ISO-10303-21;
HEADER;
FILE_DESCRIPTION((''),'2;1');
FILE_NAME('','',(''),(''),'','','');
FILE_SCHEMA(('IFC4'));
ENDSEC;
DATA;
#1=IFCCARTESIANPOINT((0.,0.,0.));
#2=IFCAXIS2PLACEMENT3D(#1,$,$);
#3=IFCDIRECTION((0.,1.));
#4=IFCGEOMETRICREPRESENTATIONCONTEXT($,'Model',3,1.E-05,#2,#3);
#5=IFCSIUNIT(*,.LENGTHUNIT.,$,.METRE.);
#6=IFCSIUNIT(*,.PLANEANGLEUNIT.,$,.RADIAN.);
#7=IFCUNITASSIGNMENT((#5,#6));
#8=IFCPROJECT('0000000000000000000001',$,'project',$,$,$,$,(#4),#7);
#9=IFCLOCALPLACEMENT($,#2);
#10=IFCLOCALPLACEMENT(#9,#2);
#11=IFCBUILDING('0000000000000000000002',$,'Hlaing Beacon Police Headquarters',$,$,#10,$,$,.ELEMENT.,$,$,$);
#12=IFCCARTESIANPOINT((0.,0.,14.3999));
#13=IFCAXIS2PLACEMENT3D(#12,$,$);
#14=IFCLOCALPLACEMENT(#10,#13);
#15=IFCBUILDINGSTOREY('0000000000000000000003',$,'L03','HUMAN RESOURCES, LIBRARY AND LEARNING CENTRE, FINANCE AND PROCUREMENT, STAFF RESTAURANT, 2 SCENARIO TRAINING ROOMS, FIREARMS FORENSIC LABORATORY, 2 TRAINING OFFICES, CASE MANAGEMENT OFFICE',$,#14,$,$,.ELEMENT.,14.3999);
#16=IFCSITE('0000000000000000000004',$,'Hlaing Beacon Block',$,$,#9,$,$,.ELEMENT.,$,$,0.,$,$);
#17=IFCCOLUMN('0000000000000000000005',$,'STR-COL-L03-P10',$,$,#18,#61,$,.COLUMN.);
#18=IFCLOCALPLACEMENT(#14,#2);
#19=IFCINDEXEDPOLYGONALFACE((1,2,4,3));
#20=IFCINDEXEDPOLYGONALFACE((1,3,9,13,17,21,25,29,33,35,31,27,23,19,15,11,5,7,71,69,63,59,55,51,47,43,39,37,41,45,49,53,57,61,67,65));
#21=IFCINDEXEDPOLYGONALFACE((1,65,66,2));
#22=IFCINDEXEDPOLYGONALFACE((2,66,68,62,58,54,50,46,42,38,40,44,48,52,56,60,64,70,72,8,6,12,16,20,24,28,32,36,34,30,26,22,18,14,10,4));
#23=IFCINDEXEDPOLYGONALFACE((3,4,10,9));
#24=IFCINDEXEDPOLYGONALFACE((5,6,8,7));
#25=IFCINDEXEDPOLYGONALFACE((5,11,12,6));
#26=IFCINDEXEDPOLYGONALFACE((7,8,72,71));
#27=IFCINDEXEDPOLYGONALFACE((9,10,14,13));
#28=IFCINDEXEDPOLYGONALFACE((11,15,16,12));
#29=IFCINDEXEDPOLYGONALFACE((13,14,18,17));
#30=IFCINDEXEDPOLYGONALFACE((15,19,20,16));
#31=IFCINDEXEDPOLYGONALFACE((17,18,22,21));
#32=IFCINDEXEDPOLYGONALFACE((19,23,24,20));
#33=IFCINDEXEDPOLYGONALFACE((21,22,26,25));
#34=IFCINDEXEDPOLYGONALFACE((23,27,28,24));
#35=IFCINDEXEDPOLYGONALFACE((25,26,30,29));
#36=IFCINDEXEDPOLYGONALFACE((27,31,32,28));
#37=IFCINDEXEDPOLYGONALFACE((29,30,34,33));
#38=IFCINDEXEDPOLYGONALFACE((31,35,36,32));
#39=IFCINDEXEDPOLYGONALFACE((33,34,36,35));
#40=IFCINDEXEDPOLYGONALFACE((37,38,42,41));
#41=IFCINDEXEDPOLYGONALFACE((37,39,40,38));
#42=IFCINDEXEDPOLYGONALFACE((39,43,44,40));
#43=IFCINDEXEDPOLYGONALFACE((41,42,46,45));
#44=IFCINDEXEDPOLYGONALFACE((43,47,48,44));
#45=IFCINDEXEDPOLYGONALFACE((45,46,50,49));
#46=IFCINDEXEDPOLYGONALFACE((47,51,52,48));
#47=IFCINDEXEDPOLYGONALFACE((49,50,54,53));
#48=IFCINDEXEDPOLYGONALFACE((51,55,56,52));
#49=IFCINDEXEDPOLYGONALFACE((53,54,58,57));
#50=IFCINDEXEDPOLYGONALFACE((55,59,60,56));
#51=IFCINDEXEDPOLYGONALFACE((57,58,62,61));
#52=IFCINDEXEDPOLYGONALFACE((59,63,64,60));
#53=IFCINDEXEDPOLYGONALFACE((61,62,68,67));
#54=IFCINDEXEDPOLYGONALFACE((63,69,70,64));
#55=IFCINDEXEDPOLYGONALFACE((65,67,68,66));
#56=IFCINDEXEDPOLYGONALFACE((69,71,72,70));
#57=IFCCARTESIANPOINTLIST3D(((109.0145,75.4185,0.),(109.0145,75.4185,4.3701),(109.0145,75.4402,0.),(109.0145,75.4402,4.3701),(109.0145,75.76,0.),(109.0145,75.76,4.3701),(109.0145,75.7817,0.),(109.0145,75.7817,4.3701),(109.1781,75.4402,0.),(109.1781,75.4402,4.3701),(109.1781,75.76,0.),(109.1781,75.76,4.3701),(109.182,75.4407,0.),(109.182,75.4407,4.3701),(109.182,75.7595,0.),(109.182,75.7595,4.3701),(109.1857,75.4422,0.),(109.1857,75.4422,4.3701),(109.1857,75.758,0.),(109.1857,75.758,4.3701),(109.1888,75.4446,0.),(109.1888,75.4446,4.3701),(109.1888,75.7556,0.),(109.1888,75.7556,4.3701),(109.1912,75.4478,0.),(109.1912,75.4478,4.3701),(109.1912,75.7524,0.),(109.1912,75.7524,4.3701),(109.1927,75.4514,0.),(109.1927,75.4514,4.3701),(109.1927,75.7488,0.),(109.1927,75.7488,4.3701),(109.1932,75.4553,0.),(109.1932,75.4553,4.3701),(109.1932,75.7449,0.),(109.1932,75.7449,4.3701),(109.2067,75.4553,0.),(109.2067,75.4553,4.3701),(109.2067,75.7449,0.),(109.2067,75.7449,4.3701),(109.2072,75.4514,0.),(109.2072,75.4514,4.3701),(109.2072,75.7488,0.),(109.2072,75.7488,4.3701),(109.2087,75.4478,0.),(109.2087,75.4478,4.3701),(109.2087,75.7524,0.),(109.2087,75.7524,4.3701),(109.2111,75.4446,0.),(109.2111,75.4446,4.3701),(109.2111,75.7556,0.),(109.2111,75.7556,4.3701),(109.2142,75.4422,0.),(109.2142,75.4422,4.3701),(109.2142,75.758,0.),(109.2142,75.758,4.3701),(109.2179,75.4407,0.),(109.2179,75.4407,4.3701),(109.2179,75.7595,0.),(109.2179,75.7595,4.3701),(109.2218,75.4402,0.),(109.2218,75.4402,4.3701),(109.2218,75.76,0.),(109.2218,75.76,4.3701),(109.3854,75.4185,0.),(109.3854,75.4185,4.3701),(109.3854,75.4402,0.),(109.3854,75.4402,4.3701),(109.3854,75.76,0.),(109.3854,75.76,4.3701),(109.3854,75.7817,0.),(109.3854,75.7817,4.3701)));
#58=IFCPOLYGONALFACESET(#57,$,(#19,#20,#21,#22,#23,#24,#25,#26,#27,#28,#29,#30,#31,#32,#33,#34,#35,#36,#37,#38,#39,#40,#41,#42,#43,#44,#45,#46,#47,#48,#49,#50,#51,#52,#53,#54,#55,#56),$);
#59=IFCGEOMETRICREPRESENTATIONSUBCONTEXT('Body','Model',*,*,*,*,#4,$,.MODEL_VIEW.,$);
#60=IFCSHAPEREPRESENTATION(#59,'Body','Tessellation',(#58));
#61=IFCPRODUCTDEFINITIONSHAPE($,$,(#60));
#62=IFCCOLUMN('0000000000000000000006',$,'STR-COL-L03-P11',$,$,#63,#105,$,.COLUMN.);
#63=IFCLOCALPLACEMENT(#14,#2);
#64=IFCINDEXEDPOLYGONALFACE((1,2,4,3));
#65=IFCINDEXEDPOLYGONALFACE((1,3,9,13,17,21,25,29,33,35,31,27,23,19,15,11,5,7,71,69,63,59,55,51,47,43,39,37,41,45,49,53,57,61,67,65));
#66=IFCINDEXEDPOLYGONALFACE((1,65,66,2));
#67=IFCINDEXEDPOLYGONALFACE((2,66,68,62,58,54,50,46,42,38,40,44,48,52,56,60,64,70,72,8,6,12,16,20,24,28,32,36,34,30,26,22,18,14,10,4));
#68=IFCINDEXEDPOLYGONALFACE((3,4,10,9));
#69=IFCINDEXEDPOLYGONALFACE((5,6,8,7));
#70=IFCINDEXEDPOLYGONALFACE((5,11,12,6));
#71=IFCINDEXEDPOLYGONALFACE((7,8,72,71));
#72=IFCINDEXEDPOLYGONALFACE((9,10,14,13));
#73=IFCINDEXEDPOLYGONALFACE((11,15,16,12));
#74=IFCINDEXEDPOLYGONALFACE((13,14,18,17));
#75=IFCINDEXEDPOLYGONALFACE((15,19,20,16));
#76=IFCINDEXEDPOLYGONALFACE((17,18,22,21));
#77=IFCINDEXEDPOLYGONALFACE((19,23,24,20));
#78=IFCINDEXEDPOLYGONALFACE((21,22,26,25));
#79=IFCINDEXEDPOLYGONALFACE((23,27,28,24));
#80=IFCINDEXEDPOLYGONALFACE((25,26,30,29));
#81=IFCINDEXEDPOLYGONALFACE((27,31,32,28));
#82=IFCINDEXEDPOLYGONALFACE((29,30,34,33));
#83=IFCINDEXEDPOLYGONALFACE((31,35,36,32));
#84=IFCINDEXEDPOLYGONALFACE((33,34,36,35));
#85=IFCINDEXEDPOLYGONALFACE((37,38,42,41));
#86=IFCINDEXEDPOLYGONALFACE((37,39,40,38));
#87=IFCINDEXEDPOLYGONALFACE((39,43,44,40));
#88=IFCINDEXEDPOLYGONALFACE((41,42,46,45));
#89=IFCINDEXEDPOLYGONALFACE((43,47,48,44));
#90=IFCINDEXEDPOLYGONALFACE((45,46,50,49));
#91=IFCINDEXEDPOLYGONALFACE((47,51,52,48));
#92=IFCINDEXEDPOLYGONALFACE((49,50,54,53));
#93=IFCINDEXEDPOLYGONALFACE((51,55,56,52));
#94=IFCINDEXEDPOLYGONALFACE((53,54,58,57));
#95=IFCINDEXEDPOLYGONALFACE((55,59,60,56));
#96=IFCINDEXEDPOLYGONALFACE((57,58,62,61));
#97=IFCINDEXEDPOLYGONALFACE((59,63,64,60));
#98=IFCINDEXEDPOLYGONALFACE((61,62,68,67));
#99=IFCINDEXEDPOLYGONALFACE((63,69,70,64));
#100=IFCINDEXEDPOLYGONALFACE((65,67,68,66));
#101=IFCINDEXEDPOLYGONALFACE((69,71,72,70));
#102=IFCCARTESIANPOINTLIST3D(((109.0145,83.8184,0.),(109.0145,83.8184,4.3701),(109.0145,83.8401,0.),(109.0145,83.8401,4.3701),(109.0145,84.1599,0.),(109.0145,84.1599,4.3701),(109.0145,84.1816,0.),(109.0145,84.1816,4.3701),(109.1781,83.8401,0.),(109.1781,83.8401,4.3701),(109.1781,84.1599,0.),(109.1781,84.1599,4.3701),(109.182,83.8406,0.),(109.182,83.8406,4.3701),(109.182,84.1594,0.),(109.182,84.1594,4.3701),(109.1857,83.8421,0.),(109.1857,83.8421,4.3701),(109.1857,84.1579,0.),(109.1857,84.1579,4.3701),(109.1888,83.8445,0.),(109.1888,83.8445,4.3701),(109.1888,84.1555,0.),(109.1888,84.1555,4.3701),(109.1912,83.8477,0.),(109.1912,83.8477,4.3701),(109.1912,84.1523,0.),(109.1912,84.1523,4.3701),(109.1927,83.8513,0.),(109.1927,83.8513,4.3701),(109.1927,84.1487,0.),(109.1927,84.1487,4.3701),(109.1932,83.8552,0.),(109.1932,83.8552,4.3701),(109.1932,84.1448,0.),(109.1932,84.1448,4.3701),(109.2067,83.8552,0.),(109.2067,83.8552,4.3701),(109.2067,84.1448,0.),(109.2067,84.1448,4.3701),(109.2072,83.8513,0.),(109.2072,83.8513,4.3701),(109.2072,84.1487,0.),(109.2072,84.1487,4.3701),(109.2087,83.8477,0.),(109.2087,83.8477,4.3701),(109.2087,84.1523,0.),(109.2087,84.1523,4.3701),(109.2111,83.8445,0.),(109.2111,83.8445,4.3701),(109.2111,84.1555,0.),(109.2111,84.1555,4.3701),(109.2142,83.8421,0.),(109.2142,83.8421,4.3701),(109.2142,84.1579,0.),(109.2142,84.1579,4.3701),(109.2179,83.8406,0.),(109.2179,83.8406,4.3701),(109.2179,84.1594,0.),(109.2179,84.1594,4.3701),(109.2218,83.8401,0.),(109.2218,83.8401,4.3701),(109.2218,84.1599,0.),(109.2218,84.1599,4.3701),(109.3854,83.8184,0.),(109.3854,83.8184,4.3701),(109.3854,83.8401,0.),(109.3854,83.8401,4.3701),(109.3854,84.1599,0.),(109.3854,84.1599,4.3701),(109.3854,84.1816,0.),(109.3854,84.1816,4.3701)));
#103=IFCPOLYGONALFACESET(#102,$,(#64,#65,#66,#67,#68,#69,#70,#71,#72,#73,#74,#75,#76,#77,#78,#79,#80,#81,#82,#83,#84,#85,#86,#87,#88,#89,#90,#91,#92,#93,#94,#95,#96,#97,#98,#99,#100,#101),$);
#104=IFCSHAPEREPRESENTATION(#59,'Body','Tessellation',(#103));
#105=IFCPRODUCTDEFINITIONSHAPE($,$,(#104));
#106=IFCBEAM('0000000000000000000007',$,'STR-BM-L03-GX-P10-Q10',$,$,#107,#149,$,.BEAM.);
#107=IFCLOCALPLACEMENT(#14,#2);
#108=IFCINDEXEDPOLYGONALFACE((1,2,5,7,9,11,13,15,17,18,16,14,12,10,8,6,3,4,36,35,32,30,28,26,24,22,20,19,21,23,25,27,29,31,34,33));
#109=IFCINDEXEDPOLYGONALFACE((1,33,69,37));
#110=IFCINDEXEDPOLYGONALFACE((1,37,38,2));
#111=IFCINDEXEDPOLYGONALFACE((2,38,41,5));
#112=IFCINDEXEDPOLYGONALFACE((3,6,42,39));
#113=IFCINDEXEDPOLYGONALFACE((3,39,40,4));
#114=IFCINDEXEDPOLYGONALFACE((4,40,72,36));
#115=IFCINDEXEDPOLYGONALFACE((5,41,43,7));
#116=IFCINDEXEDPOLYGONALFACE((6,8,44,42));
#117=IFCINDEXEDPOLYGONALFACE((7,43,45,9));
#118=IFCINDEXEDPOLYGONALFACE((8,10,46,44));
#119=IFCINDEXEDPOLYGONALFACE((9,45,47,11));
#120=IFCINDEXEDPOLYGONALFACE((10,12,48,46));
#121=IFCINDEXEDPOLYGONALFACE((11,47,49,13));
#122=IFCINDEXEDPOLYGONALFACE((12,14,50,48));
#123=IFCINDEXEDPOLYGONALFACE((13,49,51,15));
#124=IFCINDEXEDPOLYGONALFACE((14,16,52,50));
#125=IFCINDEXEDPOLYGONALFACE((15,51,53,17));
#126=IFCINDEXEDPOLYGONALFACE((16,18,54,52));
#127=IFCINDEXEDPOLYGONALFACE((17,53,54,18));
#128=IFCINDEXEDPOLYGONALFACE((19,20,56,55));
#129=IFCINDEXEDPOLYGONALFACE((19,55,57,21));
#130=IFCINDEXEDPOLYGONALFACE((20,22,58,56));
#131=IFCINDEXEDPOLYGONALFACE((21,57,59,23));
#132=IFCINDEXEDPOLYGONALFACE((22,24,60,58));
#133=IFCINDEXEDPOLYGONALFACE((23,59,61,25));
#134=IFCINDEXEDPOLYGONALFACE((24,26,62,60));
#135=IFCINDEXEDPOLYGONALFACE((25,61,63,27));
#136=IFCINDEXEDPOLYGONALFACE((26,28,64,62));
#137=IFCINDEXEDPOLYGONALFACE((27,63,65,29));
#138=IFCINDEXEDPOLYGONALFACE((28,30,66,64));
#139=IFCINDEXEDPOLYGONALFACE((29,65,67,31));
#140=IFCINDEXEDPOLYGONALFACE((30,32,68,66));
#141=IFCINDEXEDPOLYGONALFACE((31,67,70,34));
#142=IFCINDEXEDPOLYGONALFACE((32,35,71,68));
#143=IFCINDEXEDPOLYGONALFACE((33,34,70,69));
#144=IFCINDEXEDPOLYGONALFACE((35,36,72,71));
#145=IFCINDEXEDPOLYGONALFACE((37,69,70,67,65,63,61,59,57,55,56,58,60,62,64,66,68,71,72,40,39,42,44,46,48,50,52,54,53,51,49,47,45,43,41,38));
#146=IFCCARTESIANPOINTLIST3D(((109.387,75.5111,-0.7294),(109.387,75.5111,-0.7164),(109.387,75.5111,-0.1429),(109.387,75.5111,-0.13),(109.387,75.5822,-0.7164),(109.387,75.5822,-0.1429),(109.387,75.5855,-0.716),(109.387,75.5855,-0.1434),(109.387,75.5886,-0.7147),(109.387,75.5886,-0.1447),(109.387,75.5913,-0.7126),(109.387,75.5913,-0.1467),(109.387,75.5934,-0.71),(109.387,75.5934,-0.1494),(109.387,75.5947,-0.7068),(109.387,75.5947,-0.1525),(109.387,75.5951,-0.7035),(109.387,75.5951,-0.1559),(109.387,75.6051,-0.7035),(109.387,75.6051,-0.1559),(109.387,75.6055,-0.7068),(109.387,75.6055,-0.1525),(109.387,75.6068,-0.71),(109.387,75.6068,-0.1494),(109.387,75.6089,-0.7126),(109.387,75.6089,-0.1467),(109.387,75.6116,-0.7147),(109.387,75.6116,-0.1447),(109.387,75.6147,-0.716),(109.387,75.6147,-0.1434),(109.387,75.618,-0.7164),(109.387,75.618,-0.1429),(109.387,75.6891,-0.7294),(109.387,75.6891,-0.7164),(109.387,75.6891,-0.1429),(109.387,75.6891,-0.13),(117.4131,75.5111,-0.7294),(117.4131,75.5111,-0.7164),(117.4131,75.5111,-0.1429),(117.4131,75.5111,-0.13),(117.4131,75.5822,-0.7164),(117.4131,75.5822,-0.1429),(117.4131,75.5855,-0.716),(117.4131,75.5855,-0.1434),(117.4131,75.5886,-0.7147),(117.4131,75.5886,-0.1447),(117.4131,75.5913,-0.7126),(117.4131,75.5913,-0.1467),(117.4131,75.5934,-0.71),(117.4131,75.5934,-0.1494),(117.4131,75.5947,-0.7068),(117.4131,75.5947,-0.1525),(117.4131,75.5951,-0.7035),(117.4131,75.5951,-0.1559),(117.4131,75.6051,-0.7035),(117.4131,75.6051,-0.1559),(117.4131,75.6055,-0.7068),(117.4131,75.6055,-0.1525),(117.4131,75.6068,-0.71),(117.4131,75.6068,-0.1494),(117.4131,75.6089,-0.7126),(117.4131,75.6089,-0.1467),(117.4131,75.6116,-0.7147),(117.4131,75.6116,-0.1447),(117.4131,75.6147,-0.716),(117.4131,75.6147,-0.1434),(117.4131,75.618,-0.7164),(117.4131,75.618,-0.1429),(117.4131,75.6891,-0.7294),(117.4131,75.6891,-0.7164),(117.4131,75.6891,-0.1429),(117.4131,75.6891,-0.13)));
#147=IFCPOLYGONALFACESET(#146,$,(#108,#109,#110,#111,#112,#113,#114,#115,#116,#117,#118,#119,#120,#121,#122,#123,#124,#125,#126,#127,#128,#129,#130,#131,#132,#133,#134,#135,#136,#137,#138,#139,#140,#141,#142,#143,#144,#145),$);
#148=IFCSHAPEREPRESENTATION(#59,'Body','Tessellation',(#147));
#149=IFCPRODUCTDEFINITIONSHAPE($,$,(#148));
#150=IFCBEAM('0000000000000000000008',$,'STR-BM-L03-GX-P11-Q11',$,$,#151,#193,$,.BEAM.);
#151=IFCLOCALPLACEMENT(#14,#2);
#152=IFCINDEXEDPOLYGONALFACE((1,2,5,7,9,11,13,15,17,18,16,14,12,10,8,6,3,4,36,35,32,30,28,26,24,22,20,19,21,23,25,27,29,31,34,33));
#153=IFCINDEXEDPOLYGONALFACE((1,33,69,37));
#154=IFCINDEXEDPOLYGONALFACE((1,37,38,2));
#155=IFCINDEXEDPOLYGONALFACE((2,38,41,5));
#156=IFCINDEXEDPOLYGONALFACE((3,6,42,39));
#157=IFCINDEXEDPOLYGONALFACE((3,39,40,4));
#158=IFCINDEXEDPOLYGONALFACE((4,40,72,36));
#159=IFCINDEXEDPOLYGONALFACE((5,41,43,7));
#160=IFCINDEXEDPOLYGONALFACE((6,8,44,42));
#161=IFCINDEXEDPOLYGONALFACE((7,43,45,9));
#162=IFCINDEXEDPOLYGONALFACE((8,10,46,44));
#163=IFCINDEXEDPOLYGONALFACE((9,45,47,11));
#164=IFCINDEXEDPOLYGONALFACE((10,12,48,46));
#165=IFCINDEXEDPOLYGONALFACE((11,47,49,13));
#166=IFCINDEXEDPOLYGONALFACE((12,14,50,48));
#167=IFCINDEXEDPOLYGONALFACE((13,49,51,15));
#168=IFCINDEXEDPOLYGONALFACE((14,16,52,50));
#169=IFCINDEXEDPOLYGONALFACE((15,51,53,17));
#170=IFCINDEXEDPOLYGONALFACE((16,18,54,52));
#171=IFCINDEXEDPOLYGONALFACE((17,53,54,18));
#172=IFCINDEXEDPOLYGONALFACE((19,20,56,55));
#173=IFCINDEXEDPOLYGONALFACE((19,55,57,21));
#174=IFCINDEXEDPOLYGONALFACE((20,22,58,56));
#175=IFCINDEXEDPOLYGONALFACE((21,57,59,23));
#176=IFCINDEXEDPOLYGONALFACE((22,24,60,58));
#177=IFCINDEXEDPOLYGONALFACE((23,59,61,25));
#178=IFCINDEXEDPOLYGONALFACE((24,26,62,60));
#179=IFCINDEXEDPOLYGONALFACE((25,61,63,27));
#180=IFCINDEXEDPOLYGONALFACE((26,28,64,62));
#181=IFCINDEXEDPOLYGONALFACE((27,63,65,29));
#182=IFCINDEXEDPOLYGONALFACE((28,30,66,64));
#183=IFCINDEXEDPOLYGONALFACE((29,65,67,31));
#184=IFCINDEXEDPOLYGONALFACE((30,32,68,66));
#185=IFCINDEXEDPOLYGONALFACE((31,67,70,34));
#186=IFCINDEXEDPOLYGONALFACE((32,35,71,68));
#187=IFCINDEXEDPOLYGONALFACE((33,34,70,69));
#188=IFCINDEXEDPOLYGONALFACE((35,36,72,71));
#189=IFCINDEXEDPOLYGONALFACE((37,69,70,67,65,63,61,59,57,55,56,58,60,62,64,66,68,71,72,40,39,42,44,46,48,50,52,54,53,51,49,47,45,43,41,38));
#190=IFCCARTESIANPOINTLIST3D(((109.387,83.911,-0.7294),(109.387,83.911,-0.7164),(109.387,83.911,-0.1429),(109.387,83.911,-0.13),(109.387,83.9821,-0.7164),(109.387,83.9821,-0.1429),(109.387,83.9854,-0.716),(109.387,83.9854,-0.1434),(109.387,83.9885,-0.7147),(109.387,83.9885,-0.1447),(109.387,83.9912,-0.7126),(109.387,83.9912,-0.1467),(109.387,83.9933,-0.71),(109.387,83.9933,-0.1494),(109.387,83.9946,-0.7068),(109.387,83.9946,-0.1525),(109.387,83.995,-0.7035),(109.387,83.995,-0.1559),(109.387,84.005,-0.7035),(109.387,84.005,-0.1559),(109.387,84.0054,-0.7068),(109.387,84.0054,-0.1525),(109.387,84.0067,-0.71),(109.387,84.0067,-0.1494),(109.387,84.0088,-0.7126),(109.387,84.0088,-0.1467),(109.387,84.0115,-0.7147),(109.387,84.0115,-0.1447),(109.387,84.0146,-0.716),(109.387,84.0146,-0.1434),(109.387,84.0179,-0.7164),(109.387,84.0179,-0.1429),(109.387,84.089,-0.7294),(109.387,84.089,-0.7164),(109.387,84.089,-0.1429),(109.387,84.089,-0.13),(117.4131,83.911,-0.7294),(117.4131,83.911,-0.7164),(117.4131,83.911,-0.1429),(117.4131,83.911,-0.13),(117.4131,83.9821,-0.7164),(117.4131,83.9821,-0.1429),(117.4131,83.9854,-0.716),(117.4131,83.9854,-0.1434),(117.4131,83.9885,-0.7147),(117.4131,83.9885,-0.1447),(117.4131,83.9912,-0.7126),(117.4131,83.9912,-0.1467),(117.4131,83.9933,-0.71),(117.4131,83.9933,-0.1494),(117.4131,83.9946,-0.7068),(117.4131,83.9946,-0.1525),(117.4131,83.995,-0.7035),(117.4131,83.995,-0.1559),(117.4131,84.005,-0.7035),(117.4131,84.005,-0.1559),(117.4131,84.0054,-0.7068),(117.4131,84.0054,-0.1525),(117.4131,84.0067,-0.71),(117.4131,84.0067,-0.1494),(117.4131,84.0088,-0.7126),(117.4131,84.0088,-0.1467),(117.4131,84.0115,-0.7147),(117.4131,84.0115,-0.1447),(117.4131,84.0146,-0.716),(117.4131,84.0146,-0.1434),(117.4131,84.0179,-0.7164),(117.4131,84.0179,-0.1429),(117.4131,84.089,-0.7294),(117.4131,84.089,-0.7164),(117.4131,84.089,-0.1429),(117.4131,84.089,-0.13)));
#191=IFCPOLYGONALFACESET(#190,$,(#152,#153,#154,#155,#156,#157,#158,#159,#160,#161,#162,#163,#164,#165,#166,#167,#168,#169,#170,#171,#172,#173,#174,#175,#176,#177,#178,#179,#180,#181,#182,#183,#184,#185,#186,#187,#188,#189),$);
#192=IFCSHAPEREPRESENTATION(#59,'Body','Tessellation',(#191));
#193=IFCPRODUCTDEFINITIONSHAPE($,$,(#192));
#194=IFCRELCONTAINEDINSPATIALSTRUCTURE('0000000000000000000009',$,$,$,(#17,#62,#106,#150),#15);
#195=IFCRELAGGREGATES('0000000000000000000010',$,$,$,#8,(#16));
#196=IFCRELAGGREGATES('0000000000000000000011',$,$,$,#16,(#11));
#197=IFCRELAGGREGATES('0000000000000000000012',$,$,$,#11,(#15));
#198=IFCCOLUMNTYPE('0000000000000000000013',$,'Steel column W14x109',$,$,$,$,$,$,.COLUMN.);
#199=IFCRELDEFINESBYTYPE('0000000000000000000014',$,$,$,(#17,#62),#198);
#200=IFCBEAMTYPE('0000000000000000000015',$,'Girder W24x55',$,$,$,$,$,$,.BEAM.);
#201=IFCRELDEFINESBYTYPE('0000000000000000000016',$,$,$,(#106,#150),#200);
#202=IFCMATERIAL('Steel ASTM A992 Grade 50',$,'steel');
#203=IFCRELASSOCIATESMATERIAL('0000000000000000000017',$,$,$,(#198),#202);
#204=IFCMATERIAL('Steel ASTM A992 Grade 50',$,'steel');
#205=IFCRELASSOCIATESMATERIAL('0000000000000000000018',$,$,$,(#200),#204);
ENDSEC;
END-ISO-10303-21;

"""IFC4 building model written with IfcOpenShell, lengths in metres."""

from ifc_helpers import new_model, si_unit, direction, frame, origin, origin_2d, place, context, subcontext, project, spatial, i_section, extrude, material, material_profile, profile_set, type_object, element, save


model = new_model("IFC4")

# Units and contexts
model_context = context("Model", 3, precision=1e-05, world=origin(), true_north=direction((0.0, 1.0)))
body_context = subcontext(model_context, "Body", "Model", "MODEL_VIEW")
ifc_project = project(units=[si_unit("LENGTHUNIT", "METRE"), si_unit("PLANEANGLEUNIT", "RADIAN")], contexts=[model_context])

# Site, building, storey
site_placement = place(None, origin())
site = spatial("IfcSite", under=ifc_project, at=site_placement, Name="Hlaing Beacon Block", CompositionType="ELEMENT", RefElevation=0.0)
building_placement = place(site_placement, origin())
building = spatial("IfcBuilding", under=site, at=building_placement, Name="Hlaing Beacon Police Headquarters", CompositionType="ELEMENT")
storey_placement = place(building_placement, frame((0.0, 0.0, 14.3999)))
storey = spatial("IfcBuildingStorey", under=building, at=storey_placement, Name="L03", Description="HUMAN RESOURCES, LIBRARY AND LEARNING CENTRE, FINANCE AND PROCUREMENT, STAFF RESTAURANT, 2 SCENARIO TRAINING ROOMS, FIREARMS FORENSIC LABORATORY, 2 TRAINING OFFICES, CASE MANAGEMENT OFFICE", CompositionType="ELEMENT", Elevation=14.3999)

# Columns
ifc_material_1 = material(Name="Steel ASTM A992 Grade 50", Category="steel")
ifc_material_profile_1 = material_profile(ifc_material_1, i_section(OverallWidth=0.3708, OverallDepth=0.3633, WebThickness=0.0134, FlangeThickness=0.0217, FilletRadius=0.0151, at=origin_2d()), Name="W14x109")
ifc_profile_set_1 = profile_set([ifc_material_profile_1], Name="Steel ASTM A992 Grade 50")
column_type = type_object("IfcColumnType", Name="Steel column W14x109", PredefinedType="COLUMN", material=ifc_profile_set_1)
for number, where, z_axis, x_axis, name in (
    (1, (109.2, 75.6001, 0.0), (0.0, 0.0, 1.0), (1.0, 0.0, 0.0), "STR-COL-L03-P10"),
    (2, (109.2, 84.0, 0.0), (0.0, 0.0, 1.0), (1.0, 0.0, 0.0), "STR-COL-L03-P11"),
):
    element("IfcColumn", number, at=place(storey_placement, frame(where, z_axis=z_axis, x_axis=x_axis)), inside=storey, type_object=column_type, Name=name, PredefinedType="COLUMN", context=body_context, shape_type="SweptSolid", body=[
        extrude(i_section(OverallWidth=0.3708, OverallDepth=0.3633, WebThickness=0.0134, FlangeThickness=0.0217, FilletRadius=0.0151, at=origin_2d()), origin(), (0.0, 0.0, 1.0), 4.3701),
    ])

# Beams
ifc_material_2 = material(Name="Steel ASTM A992 Grade 50", Category="steel")
ifc_material_profile_2 = material_profile(ifc_material_2, i_section(OverallWidth=0.178, OverallDepth=0.5994, WebThickness=0.01, FlangeThickness=0.0129, FilletRadius=0.0129, at=origin_2d()), Name="W24x55")
ifc_profile_set_2 = profile_set([ifc_material_profile_2], Name="Steel ASTM A992 Grade 50")
beam_type_1 = type_object("IfcBeamType", Name="Girder W24x55", PredefinedType="BEAM", material=ifc_profile_set_2)
for number, where, z_axis, x_axis, name in (
    (3, (109.387, 75.6001, -0.4297), (1.0, 0.0, 0.0), (0.0, 1.0, 0.0), "STR-BM-L03-GX-P10-Q10"),
    (4, (109.387, 84.0, -0.4297), (1.0, 0.0, 0.0), (0.0, 1.0, 0.0), "STR-BM-L03-GX-P11-Q11"),
):
    element("IfcBeam", number, at=place(storey_placement, frame(where, z_axis=z_axis, x_axis=x_axis)), inside=storey, type_object=beam_type_1, Name=name, PredefinedType="BEAM", context=body_context, shape_type="SweptSolid", body=[
        extrude(i_section(OverallWidth=0.178, OverallDepth=0.5994, WebThickness=0.01, FlangeThickness=0.0129, FilletRadius=0.0129, at=origin_2d()), origin(), (0.0, 0.0, 1.0), 8.0261),
    ])

save(model, "model.ifc")
